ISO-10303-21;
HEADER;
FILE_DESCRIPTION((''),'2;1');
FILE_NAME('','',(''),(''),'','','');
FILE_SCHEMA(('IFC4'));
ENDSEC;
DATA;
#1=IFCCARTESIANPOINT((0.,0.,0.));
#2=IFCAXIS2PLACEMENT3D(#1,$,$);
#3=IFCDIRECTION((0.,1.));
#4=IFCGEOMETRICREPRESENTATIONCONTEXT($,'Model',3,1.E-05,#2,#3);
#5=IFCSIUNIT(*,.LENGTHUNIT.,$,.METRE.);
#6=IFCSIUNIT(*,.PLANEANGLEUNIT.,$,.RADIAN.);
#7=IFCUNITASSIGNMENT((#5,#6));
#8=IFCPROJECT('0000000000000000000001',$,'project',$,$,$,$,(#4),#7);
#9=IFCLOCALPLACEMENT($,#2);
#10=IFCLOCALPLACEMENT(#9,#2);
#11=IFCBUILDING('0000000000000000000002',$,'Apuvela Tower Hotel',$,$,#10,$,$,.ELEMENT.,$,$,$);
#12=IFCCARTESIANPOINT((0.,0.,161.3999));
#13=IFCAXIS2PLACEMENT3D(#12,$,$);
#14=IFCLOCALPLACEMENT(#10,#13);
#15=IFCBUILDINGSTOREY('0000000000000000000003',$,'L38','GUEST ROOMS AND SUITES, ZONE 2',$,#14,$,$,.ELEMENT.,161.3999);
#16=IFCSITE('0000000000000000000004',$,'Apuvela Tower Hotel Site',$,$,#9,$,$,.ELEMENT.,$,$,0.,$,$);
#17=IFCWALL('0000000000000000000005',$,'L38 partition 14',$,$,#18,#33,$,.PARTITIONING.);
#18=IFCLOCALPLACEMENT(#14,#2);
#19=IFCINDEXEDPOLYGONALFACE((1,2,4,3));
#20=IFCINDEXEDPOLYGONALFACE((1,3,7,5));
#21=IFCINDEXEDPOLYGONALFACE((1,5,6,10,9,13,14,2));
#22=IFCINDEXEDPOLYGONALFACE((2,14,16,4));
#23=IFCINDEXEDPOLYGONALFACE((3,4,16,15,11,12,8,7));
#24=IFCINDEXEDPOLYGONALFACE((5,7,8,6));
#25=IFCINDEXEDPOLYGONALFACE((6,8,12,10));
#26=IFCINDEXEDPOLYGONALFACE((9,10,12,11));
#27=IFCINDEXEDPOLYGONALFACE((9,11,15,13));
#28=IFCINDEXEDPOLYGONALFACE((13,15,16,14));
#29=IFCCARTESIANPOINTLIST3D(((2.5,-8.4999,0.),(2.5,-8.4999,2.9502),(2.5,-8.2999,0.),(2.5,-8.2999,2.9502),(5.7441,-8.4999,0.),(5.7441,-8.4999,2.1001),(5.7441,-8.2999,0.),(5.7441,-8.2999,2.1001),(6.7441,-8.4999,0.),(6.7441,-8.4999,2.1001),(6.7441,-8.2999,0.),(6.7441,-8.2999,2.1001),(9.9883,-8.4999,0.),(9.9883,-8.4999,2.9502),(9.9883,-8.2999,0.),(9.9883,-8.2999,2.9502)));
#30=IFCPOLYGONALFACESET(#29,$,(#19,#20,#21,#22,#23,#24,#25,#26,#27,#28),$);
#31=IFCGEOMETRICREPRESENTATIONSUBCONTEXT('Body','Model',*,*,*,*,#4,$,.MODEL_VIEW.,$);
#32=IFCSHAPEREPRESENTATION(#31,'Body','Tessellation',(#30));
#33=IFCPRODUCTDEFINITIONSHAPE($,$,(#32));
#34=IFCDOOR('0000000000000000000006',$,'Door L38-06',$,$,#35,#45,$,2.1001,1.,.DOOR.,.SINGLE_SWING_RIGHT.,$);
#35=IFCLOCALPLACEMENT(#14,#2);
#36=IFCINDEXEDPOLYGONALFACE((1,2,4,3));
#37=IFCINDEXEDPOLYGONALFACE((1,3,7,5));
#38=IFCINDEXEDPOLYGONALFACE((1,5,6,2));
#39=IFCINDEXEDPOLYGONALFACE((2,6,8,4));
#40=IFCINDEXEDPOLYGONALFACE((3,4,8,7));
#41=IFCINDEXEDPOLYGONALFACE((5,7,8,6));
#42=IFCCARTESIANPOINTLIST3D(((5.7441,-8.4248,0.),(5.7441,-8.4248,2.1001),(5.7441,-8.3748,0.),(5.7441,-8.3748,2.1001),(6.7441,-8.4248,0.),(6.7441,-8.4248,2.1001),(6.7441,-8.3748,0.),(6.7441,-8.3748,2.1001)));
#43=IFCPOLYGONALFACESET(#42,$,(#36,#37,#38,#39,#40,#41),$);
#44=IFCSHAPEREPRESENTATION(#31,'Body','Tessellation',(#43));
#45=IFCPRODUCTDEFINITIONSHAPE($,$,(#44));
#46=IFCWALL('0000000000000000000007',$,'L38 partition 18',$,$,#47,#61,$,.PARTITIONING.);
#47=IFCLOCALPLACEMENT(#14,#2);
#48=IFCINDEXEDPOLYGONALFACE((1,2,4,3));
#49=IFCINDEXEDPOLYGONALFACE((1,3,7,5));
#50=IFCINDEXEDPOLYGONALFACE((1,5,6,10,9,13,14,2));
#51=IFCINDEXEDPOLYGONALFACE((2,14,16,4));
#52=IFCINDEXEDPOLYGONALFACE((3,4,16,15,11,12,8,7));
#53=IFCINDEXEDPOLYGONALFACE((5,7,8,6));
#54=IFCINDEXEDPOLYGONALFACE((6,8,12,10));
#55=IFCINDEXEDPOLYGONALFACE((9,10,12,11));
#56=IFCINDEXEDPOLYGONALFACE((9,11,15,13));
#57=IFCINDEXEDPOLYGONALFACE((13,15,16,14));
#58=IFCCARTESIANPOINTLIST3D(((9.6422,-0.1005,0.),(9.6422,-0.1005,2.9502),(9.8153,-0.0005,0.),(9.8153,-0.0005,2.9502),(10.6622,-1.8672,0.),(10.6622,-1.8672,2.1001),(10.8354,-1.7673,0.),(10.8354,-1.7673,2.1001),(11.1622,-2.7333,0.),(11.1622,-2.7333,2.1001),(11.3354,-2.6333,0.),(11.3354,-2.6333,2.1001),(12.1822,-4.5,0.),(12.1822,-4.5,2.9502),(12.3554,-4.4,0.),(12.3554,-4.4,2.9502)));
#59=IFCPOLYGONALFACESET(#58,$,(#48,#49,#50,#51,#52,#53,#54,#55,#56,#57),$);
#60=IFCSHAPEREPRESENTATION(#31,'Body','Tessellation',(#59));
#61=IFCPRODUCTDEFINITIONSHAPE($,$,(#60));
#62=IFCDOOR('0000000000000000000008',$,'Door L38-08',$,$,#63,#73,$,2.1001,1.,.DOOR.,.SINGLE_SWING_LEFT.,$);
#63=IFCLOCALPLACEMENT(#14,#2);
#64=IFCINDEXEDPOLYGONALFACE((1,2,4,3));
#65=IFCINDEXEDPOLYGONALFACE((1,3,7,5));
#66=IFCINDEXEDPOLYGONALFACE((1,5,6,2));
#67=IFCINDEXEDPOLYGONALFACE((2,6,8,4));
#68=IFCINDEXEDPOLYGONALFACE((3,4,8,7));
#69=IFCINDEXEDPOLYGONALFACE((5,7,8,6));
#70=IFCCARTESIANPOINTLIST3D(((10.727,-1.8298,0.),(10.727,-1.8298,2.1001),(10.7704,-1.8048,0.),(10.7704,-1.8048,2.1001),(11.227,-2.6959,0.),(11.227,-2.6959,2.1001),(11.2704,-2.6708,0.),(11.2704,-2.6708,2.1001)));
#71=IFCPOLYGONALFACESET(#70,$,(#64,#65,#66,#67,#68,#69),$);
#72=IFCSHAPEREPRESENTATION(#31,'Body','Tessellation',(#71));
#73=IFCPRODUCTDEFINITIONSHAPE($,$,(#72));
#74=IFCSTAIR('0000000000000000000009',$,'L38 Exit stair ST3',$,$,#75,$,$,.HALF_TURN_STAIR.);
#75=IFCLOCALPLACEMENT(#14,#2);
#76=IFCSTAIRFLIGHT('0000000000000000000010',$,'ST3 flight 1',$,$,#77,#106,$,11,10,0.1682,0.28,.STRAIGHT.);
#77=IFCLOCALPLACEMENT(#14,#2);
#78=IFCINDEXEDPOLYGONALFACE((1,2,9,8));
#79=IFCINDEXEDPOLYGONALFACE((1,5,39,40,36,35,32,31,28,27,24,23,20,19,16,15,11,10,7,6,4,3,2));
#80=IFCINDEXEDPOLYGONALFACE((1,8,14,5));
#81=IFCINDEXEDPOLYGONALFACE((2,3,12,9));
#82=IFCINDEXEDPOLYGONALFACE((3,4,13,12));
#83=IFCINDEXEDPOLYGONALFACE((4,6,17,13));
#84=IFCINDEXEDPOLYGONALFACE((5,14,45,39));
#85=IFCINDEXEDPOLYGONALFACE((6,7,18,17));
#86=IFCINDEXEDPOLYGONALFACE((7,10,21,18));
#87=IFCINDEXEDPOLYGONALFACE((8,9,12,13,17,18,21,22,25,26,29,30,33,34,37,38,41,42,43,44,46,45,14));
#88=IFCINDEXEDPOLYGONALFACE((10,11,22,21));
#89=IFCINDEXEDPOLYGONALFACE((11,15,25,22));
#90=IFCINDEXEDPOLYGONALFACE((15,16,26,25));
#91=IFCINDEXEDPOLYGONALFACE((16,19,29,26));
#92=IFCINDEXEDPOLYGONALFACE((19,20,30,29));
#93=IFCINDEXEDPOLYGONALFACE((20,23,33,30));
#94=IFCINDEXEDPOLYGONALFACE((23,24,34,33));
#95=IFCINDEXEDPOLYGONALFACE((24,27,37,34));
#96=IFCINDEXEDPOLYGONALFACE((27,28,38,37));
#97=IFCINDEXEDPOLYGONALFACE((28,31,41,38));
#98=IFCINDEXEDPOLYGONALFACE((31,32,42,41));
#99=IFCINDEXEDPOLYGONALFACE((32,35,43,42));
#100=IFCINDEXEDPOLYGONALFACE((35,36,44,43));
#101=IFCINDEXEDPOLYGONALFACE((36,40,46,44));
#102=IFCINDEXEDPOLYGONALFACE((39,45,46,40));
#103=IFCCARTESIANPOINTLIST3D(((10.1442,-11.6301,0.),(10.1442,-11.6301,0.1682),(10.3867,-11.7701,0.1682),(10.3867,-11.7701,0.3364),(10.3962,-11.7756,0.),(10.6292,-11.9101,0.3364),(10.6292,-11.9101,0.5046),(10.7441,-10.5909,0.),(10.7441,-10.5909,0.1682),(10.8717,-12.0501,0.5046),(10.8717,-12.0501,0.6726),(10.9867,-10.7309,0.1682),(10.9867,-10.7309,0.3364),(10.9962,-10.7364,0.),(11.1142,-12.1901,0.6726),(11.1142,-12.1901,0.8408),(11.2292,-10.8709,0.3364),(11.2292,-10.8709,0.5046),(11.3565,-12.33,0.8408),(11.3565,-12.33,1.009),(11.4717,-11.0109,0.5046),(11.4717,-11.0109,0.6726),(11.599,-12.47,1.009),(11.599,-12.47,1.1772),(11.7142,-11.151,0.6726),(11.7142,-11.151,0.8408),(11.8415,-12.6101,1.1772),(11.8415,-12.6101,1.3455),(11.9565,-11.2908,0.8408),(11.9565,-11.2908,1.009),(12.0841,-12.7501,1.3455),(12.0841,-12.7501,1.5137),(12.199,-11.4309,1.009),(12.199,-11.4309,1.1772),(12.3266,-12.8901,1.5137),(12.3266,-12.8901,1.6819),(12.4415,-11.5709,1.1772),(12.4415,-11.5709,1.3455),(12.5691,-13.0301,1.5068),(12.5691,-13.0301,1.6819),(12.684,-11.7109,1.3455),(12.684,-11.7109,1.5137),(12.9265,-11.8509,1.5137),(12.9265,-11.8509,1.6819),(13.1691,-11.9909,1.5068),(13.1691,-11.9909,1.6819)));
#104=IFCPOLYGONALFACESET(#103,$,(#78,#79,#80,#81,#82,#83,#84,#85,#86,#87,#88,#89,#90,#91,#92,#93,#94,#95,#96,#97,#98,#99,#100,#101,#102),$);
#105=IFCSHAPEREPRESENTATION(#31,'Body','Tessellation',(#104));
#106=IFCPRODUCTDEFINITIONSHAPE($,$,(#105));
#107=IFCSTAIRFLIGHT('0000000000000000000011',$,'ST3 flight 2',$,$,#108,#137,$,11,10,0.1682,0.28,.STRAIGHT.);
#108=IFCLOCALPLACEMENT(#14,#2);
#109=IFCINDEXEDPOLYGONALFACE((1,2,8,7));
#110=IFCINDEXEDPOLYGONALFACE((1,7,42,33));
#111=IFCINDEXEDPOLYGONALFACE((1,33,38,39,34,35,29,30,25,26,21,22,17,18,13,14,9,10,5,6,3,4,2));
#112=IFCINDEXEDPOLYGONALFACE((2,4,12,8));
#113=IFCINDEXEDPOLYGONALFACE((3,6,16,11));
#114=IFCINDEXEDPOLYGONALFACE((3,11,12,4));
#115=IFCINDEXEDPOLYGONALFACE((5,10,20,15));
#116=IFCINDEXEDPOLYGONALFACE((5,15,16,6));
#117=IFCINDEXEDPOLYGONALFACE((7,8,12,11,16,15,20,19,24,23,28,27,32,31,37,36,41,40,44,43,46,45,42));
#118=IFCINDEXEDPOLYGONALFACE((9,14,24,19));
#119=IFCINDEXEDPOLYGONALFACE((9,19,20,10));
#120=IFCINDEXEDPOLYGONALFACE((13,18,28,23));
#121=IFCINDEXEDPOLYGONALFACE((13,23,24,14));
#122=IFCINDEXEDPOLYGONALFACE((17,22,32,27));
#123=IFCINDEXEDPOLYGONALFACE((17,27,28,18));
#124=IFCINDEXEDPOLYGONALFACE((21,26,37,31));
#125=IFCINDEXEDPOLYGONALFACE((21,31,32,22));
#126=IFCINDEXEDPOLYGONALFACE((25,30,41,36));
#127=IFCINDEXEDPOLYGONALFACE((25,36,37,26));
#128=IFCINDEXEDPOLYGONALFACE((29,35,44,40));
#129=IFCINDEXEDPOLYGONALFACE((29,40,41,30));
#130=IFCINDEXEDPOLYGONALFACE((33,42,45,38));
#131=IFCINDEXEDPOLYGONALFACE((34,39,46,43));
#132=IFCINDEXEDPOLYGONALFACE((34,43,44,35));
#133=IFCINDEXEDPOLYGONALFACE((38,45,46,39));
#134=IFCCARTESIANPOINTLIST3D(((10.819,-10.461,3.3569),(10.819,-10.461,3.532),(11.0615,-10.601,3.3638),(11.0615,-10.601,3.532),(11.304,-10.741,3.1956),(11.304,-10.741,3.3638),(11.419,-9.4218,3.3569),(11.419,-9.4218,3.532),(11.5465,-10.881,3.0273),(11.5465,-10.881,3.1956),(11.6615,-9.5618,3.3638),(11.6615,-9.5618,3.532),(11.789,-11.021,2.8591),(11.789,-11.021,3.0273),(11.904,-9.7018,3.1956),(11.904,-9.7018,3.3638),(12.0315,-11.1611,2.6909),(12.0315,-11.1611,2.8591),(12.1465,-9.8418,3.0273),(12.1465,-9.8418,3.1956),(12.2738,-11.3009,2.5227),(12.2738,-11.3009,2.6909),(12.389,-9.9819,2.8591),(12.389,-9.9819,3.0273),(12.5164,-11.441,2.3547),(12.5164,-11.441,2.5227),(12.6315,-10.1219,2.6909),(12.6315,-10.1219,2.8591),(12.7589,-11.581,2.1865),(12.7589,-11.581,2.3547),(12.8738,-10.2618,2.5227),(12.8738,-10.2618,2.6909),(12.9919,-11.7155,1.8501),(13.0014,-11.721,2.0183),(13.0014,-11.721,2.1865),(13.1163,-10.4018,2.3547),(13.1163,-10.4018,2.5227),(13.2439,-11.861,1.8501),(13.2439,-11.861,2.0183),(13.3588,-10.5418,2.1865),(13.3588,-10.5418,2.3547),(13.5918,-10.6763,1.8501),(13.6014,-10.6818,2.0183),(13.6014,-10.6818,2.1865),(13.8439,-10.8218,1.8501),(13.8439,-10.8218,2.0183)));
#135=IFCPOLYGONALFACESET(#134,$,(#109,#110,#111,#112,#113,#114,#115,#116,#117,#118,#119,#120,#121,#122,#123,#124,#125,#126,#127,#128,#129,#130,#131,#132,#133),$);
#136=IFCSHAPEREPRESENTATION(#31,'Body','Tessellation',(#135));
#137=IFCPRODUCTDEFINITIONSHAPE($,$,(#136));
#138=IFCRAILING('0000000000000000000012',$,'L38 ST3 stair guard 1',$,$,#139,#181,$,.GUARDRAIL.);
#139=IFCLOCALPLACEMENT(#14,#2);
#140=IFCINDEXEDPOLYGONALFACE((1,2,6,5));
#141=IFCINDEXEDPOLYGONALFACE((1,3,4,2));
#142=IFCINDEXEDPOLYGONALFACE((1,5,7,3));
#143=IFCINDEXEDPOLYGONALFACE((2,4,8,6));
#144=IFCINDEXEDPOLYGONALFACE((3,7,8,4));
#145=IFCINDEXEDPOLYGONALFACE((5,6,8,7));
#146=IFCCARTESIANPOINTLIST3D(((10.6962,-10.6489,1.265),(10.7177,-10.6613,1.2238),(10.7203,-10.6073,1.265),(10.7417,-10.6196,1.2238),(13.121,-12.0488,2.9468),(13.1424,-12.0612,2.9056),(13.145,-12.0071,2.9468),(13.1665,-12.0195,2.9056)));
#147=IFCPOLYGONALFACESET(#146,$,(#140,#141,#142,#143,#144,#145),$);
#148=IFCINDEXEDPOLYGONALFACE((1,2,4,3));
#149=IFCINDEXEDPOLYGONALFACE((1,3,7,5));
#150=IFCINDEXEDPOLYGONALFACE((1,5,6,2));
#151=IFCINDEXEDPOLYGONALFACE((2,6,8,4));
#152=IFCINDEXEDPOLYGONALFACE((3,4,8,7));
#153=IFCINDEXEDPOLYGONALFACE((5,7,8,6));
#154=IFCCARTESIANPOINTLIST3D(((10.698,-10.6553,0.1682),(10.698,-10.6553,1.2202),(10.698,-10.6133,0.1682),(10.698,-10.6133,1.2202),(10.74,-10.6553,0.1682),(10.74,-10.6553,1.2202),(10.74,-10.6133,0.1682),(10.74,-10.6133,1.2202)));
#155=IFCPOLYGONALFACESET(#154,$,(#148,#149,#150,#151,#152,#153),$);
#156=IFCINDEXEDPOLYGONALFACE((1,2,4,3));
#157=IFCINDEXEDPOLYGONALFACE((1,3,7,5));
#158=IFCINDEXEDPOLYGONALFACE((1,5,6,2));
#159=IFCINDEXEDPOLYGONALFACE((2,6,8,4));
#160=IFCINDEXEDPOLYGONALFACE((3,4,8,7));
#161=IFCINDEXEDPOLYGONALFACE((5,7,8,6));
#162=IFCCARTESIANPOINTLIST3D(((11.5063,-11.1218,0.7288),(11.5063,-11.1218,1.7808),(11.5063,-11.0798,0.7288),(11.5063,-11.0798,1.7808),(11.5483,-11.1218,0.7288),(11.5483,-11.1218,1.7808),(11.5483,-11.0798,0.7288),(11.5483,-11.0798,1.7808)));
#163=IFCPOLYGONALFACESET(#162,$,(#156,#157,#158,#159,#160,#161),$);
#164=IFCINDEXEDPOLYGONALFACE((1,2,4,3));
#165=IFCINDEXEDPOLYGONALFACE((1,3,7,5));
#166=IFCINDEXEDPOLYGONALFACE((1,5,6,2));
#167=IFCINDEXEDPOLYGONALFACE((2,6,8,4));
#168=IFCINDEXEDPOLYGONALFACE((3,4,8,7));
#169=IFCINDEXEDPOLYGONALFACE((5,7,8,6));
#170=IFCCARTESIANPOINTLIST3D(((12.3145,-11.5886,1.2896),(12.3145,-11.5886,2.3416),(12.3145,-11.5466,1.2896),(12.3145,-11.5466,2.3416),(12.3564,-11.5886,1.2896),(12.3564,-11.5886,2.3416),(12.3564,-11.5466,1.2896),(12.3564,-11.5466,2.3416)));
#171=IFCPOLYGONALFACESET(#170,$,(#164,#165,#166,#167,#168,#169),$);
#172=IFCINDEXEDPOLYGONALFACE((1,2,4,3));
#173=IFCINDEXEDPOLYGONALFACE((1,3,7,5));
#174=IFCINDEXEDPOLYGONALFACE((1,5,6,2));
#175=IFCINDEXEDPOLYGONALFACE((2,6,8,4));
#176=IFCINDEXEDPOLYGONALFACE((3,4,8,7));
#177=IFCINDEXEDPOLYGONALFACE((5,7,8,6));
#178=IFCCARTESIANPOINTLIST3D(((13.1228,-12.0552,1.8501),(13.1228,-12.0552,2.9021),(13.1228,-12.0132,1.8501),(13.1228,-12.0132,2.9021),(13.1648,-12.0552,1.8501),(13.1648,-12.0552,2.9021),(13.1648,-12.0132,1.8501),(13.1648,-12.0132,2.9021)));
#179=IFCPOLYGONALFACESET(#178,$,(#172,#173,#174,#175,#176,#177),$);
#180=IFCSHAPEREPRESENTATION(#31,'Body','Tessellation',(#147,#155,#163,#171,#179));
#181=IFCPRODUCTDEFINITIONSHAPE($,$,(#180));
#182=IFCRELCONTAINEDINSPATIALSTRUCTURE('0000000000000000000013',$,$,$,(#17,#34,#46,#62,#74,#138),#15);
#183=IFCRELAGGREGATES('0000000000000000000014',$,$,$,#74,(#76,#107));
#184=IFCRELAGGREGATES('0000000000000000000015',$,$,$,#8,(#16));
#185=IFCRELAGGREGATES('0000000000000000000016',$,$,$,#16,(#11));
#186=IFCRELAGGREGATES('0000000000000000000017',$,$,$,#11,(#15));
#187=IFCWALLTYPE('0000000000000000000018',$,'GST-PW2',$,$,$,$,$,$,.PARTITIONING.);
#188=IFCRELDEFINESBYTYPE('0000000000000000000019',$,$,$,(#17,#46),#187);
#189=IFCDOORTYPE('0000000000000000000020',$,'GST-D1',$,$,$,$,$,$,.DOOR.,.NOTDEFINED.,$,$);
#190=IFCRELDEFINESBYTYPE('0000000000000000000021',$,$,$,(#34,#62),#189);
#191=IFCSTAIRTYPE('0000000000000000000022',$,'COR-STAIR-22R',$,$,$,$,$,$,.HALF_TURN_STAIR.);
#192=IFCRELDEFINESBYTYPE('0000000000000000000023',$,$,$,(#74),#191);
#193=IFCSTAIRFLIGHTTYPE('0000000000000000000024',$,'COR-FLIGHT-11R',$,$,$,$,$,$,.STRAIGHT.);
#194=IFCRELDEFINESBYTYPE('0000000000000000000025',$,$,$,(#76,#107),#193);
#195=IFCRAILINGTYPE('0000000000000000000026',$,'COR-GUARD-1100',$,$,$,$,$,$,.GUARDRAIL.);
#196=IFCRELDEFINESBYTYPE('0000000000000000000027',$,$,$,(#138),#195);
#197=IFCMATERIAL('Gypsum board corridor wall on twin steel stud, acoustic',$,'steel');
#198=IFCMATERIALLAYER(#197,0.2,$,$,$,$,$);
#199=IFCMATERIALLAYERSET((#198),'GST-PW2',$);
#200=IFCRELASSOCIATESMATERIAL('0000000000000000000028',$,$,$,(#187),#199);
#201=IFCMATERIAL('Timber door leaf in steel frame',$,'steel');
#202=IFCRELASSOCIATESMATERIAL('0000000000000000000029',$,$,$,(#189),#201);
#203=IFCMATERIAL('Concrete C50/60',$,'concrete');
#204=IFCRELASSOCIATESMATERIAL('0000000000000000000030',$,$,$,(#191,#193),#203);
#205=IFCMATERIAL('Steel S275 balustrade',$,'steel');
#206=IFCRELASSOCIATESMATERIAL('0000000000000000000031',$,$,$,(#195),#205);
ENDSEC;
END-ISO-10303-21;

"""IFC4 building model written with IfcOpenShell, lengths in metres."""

from ifc_helpers import new_model, si_unit, direction, frame, frame_2d, origin, origin_2d, place, context, subcontext, project, spatial, polyline, rectangle, outline, extrude, material, layer, layer_set, type_object, element, fill, aggregate, save


model = new_model("IFC4")

# Units and contexts
model_context = context("Model", 3, precision=1e-05, world=origin(), true_north=direction((0.0, 1.0)))
body_context = subcontext(model_context, "Body", "Model", "MODEL_VIEW")
ifc_project = project(units=[si_unit("LENGTHUNIT", "METRE"), si_unit("PLANEANGLEUNIT", "RADIAN")], contexts=[model_context])

# Site, building, storey
site_placement = place(None, origin())
site = spatial("IfcSite", under=ifc_project, at=site_placement, Name="Apuvela Tower Hotel Site", CompositionType="ELEMENT", RefElevation=0.0)
building_placement = place(site_placement, origin())
building = spatial("IfcBuilding", under=site, at=building_placement, Name="Apuvela Tower Hotel", CompositionType="ELEMENT")
storey_placement = place(building_placement, frame((0.0, 0.0, 161.3999)))
storey = spatial("IfcBuildingStorey", under=building, at=storey_placement, Name="L38", Description="GUEST ROOMS AND SUITES, ZONE 2", CompositionType="ELEMENT", Elevation=161.3999)

# Shared definitions
ifc_material_1 = material(Name="Concrete C50/60", Category="concrete")

# Walls, openings, doors
ifc_material_2 = material(Name="Gypsum board corridor wall on twin steel stud, acoustic", Category="steel")
ifc_layer_1 = layer(ifc_material_2, 0.2)
ifc_layer_set_1 = layer_set([ifc_layer_1], Name="GST-PW2")
wall_type_1 = type_object("IfcWallType", Name="GST-PW2", PredefinedType="PARTITIONING", material=ifc_layer_set_1)
ifc_material_3 = material(Name="Timber door leaf in steel frame", Category="steel")
wall_1_placement = place(storey_placement, frame((9.9883, -8.3999, 0.0), z_axis=(0.0, 0.0, 1.0), x_axis=(-1.0, 0.0, 0.0)))
wall_1 = element("IfcWall", 1, at=wall_1_placement, inside=storey, type_object=wall_type_1, Name="L38 partition 14", PredefinedType="PARTITIONING", context=body_context, shape_type="SweptSolid", body=[
    extrude(rectangle(XDim=7.4883, YDim=0.2, at=frame_2d((3.7441, 0.0))), origin(), (0.0, 0.0, 1.0), 2.9502),
])
opening_1_placement = place(wall_1_placement, frame((3.2441, 0.0, 0.0)))
opening_1 = element("IfcOpeningElement", 2, at=opening_1_placement, cuts=wall_1, PredefinedType="OPENING", context=body_context, shape_type="SweptSolid", body=[
    extrude(rectangle(XDim=1.0, YDim=2.1001, at=frame_2d((0.5, 1.05))), frame((0.0, 0.1099, 0.0), z_axis=(0.0, -1.0, 0.0), x_axis=(1.0, 0.0, 0.0)), (0.0, 0.0, 1.0), 0.22),
])
door_type_1 = type_object("IfcDoorType", Name="GST-D1", OperationType="NOTDEFINED", PredefinedType="DOOR", material=ifc_material_3)
door_1_placement = place(opening_1_placement, origin())
door_1 = element("IfcDoor", 3, at=door_1_placement, inside=storey, type_object=door_type_1, Name="Door L38-06", OperationType="SINGLE_SWING_RIGHT", OverallHeight=2.1001, OverallWidth=1.0, PredefinedType="DOOR", context=body_context, shape_type="SweptSolid", body=[
    extrude(rectangle(XDim=1.0, YDim=2.1001, at=frame_2d((0.5, 1.05))), frame((0.0, 0.0249, 0.0), z_axis=(0.0, -1.0, 0.0), x_axis=(1.0, 0.0, 0.0)), (0.0, 0.0, 1.0), 0.05),
])
fill(opening_1, door_1)
wall_2_placement = place(storey_placement, frame((9.7288, -0.0505, 0.0), z_axis=(0.0, 0.0, 1.0), x_axis=(0.500005, -0.866022, 0.0)))
wall_2 = element("IfcWall", 4, at=wall_2_placement, inside=storey, type_object=wall_type_1, Name="L38 partition 18", PredefinedType="PARTITIONING", context=body_context, shape_type="SweptSolid", body=[
    extrude(rectangle(XDim=5.0801, YDim=0.2, at=frame_2d((2.54, 0.0))), origin(), (0.0, 0.0, 1.0), 2.9502),
])
opening_2_placement = place(wall_2_placement, frame((2.04, 0.0, 0.0)))
opening_2 = element("IfcOpeningElement", 5, at=opening_2_placement, cuts=wall_2, PredefinedType="OPENING", context=body_context, shape_type="SweptSolid", body=[
    extrude(rectangle(XDim=1.0, YDim=2.1001, at=frame_2d((0.5, 1.05))), frame((0.0, 0.1099, 0.0), z_axis=(0.0, -1.0, 0.0), x_axis=(1.0, 0.0, 0.0)), (0.0, 0.0, 1.0), 0.22),
])
door_2_placement = place(opening_2_placement, origin())
door_2 = element("IfcDoor", 6, at=door_2_placement, inside=storey, type_object=door_type_1, Name="Door L38-08", OperationType="SINGLE_SWING_LEFT", OverallHeight=2.1001, OverallWidth=1.0, PredefinedType="DOOR", context=body_context, shape_type="SweptSolid", body=[
    extrude(rectangle(XDim=1.0, YDim=2.1001, at=frame_2d((0.5, 1.05))), frame((0.0, 0.0249, 0.0), z_axis=(0.0, -1.0, 0.0), x_axis=(1.0, 0.0, 0.0)), (0.0, 0.0, 1.0), 0.05),
])
fill(opening_2, door_2)

# Stair, stair flights
stair_type = type_object("IfcStairType", Name="COR-STAIR-22R", PredefinedType="HALF_TURN_STAIR", material=ifc_material_1)
stair_placement = place(storey_placement, origin())
stair = element("IfcStair", 7, at=stair_placement, inside=storey, type_object=stair_type, Name="L38 Exit stair ST3", PredefinedType="HALF_TURN_STAIR")
stair_flight_type = type_object("IfcStairFlightType", Name="COR-FLIGHT-11R", PredefinedType="STRAIGHT", material=ifc_material_1)
stair_flight_1_placement = place(storey_placement, frame((10.4441, -11.1106, 0.0), z_axis=(0.0, 0.0, 1.0), x_axis=(0.866025, -0.5, 0.0)))
stair_flight_1 = element("IfcStairFlight", 8, at=stair_flight_1_placement, type_object=stair_flight_type, Name="ST3 flight 1", NumberOfRisers=11, NumberOfTreads=10, PredefinedType="STRAIGHT", RiserHeight=0.1682, TreadLength=0.28, context=body_context, shape_type="SweptSolid", body=[
    extrude(outline(polyline([(0.0, 0.0), (0.0, 0.1682), (0.28, 0.1682), (0.28, 0.3364), (0.5601, 0.3364), (0.5601, 0.5046), (0.8401, 0.5046), (0.8401, 0.6726), (1.1201, 0.6726), (1.1201, 0.8408), (1.3999, 0.8408), (1.3999, 1.009), (1.6799, 1.009), (1.6799, 1.1772), (1.96, 1.1772), (1.96, 1.3455), (2.24, 1.3455), (2.24, 1.5137), (2.52, 1.5137), (2.52, 1.6819), (2.8, 1.6819), (2.8, 1.8501), (2.8, 1.5068), (0.291, 0.0), (0.0, 0.0)])), frame((0.0, 0.6001, 0.0), z_axis=(0.0, -1.0, 0.0), x_axis=(1.0, 0.0, 0.0)), (0.0, 0.0, 1.0), 1.2),
])
stair_flight_2_placement = place(storey_placement, frame((13.5439, -11.3413, 1.8501), z_axis=(0.0, 0.0, 1.0), x_axis=(-0.866025, 0.5, 0.0)))
stair_flight_2 = element("IfcStairFlight", 9, at=stair_flight_2_placement, type_object=stair_flight_type, Name="ST3 flight 2", NumberOfRisers=11, NumberOfTreads=10, PredefinedType="STRAIGHT", RiserHeight=0.1682, TreadLength=0.28, context=body_context, shape_type="SweptSolid", body=[
    extrude(outline(polyline([(0.0, 0.0), (0.0, 0.1682), (0.28, 0.1682), (0.28, 0.3364), (0.5601, 0.3364), (0.5601, 0.5046), (0.8401, 0.5046), (0.8401, 0.6726), (1.1201, 0.6726), (1.1201, 0.8408), (1.3999, 0.8408), (1.3999, 1.009), (1.6799, 1.009), (1.6799, 1.1772), (1.96, 1.1772), (1.96, 1.3455), (2.24, 1.3455), (2.24, 1.5137), (2.52, 1.5137), (2.52, 1.6819), (2.8, 1.6819), (2.8, 1.8501), (2.8, 1.5068), (0.291, 0.0), (0.0, 0.0)])), frame((0.0, 0.6001, 0.0), z_axis=(0.0, -1.0, 0.0), x_axis=(1.0, 0.0, 0.0)), (0.0, 0.0, 1.0), 1.2),
])
aggregate(stair, [stair_flight_1, stair_flight_2])

# Railing
ifc_material_4 = material(Name="Steel S275 balustrade", Category="steel")
railing_type_1 = type_object("IfcRailingType", Name="COR-GUARD-1100", PredefinedType="GUARDRAIL", material=ifc_material_4)
railing_1_placement = place(storey_placement, frame((10.719, -10.6343, 0.1682)))
element("IfcRailing", 10, at=railing_1_placement, inside=storey, type_object=railing_type_1, Name="L38 ST3 stair guard 1", PredefinedType="GUARDRAIL", context=body_context, shape_type="SweptSolid", body=[
    extrude(rectangle(XDim=0.0481, YDim=0.0481, at=origin_2d()), frame((0.0, 0.0, 1.0762), z_axis=(0.74239, -0.428601, 0.514934), x_axis=(0.499984, 0.866035, 0.0)), (0.0, 0.0, 1.0), 3.2661),
    extrude(rectangle(XDim=0.042, YDim=0.042, at=origin_2d()), origin(), (0.0, 0.0, 1.0), 1.052),
    extrude(rectangle(XDim=0.042, YDim=0.042, at=origin_2d()), frame((0.8083, -0.4666, 0.5605)), (0.0, 0.0, 1.0), 1.052),
    extrude(rectangle(XDim=0.042, YDim=0.042, at=origin_2d()), frame((1.6165, -0.9333, 1.1213)), (0.0, 0.0, 1.0), 1.052),
    extrude(rectangle(XDim=0.042, YDim=0.042, at=origin_2d()), frame((2.4248, -1.3999, 1.6819)), (0.0, 0.0, 1.0), 1.052),
])

save(model, "model.ifc")
